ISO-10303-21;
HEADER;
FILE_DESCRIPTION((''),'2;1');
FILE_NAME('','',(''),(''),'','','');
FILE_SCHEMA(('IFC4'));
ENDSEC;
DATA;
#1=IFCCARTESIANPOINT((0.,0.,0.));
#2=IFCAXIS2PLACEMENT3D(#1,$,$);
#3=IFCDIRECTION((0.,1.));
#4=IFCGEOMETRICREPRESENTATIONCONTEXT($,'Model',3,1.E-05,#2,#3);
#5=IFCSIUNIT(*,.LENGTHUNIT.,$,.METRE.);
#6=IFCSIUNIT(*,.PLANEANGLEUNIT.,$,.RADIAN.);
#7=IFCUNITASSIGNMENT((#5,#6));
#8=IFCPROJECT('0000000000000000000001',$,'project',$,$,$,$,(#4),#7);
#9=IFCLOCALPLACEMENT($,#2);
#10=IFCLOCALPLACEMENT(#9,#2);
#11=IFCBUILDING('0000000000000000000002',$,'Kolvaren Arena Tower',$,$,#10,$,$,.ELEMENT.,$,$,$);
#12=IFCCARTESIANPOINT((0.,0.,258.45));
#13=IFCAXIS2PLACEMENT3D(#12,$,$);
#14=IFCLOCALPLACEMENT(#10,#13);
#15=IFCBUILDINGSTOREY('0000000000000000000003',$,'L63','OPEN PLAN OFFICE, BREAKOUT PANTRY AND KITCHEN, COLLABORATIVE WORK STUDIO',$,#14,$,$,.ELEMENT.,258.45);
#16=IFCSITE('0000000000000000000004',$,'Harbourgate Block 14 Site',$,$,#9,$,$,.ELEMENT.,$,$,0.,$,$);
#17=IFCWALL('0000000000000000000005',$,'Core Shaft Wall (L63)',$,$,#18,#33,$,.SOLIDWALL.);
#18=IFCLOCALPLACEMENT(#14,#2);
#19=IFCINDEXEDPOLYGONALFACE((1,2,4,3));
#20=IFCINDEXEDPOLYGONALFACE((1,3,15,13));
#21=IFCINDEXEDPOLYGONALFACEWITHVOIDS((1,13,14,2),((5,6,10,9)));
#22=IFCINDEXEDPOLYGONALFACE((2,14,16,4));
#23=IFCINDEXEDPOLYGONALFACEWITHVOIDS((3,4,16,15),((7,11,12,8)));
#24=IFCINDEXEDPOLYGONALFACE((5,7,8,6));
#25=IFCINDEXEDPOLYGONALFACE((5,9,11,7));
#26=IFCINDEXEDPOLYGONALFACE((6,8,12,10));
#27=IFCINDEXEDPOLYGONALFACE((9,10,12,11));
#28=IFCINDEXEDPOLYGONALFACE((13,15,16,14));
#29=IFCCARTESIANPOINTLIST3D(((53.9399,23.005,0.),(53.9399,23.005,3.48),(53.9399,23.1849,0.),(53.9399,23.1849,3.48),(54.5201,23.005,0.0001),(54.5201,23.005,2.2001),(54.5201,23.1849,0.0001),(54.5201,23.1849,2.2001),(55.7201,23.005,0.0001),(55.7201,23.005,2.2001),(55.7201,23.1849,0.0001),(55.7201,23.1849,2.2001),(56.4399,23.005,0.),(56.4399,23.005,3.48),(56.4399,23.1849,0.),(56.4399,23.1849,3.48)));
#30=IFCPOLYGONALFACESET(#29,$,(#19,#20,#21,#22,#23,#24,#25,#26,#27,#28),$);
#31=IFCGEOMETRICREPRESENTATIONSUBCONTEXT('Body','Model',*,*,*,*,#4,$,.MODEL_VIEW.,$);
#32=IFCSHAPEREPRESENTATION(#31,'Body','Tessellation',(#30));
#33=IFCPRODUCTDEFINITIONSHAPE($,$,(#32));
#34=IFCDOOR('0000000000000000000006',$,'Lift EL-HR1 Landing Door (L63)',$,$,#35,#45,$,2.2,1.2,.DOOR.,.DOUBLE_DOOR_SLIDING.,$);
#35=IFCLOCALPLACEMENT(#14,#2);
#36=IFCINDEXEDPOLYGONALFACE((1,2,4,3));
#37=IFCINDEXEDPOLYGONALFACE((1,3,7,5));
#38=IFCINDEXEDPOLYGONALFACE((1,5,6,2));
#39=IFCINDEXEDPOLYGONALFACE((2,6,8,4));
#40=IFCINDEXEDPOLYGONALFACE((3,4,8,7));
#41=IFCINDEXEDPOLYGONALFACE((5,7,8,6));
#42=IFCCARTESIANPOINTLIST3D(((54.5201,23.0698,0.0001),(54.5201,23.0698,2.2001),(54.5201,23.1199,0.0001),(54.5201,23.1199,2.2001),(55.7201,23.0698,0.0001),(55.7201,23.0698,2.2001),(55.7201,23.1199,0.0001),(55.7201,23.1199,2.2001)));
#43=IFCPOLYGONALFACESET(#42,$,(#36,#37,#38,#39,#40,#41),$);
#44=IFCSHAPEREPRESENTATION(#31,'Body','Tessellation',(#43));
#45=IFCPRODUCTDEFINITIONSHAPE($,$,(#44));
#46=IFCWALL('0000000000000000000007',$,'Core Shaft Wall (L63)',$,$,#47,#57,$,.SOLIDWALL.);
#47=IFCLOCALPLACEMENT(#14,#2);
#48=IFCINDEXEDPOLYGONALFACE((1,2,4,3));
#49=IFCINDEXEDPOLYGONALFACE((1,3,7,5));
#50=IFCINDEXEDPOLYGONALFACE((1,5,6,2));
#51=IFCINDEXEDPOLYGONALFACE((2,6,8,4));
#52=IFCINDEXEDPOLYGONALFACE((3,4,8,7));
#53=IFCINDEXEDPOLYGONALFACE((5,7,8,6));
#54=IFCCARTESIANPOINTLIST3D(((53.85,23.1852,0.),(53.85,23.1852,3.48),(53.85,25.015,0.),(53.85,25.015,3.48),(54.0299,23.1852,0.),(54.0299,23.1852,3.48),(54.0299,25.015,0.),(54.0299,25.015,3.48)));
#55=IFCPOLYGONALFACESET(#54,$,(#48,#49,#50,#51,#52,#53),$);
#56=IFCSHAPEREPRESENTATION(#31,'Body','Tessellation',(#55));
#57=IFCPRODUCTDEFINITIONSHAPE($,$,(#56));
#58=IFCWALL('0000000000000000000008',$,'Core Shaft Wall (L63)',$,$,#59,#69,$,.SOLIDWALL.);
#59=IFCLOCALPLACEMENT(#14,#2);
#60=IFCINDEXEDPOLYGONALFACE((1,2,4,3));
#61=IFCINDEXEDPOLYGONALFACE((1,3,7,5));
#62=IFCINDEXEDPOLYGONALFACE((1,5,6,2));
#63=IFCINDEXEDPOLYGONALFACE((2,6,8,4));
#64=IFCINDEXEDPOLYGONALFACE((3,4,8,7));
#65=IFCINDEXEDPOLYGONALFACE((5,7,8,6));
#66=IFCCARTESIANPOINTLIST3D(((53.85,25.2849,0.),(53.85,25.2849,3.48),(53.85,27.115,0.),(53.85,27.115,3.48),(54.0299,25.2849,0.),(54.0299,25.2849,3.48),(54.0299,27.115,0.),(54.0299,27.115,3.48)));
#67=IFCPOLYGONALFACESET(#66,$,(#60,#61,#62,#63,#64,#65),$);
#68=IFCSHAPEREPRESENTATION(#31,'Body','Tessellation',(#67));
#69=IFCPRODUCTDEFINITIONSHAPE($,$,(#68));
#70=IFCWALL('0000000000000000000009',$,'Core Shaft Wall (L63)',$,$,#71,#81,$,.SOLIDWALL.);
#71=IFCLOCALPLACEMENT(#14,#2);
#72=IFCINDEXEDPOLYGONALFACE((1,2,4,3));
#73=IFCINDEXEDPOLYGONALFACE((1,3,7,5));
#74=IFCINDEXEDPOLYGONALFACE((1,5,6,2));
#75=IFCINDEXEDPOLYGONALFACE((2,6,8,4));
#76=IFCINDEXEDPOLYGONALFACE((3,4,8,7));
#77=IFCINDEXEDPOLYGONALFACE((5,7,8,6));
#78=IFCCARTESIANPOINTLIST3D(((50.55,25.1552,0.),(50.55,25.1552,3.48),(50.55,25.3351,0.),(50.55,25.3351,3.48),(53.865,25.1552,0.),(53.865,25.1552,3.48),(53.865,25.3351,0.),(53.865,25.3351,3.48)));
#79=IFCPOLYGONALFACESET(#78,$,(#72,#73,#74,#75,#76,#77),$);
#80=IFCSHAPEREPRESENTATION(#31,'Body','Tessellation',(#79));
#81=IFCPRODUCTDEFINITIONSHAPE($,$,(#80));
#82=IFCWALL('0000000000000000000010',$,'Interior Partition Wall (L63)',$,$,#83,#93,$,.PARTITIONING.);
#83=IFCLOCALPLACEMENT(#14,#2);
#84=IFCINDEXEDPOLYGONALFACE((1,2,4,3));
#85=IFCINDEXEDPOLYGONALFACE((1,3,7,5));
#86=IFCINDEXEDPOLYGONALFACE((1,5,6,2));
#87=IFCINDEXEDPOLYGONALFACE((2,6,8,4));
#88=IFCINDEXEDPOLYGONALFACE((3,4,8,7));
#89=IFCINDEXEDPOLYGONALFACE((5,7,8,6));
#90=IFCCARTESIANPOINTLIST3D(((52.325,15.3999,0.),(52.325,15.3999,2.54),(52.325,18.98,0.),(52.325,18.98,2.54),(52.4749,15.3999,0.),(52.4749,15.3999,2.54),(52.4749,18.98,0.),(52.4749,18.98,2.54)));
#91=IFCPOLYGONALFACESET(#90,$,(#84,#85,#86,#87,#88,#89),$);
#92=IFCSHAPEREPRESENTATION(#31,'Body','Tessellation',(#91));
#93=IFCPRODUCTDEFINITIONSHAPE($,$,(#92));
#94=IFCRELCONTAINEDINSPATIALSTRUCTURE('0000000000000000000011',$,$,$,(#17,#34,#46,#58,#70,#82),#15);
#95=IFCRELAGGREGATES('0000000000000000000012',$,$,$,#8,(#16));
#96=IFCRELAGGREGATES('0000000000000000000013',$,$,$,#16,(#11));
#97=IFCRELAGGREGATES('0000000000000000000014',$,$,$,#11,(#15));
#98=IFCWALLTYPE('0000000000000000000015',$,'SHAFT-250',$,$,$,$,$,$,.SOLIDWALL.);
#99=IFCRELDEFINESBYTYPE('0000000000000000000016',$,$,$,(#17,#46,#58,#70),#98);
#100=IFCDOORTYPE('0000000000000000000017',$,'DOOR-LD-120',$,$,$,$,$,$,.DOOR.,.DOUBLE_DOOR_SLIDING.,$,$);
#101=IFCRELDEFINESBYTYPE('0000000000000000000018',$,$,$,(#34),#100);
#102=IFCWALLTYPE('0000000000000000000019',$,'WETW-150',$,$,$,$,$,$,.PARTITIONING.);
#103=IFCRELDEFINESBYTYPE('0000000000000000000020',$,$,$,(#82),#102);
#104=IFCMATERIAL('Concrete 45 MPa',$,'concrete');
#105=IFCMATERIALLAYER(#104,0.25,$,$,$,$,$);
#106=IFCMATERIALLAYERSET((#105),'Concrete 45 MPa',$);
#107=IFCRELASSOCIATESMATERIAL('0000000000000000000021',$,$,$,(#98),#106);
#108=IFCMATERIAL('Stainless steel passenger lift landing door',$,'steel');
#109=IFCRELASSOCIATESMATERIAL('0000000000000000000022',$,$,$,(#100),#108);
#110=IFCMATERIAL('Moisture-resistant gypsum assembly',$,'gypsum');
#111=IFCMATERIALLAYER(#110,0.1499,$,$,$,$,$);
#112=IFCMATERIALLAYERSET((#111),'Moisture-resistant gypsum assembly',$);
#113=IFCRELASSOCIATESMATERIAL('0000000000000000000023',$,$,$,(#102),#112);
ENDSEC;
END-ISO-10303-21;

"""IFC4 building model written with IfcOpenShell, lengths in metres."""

from ifc_helpers import new_model, si_unit, direction, frame, frame_2d, origin, place, context, subcontext, project, spatial, rectangle, extrude, material, layer, layer_set, type_object, element, fill, save


model = new_model("IFC4")

# Units and contexts
model_context = context("Model", 3, precision=1e-05, world=origin(), true_north=direction((0.0, 1.0)))
body_context = subcontext(model_context, "Body", "Model", "MODEL_VIEW")
ifc_project = project(units=[si_unit("LENGTHUNIT", "METRE"), si_unit("PLANEANGLEUNIT", "RADIAN")], contexts=[model_context])

# Site, building, storey
site_placement = place(None, origin())
site = spatial("IfcSite", under=ifc_project, at=site_placement, Name="Harbourgate Block 14 Site", CompositionType="ELEMENT", RefElevation=0.0)
building_placement = place(site_placement, origin())
building = spatial("IfcBuilding", under=site, at=building_placement, Name="Kolvaren Arena Tower", CompositionType="ELEMENT")
storey_placement = place(building_placement, frame((0.0, 0.0, 258.45)))
storey = spatial("IfcBuildingStorey", under=building, at=storey_placement, Name="L63", Description="OPEN PLAN OFFICE, BREAKOUT PANTRY AND KITCHEN, COLLABORATIVE WORK STUDIO", CompositionType="ELEMENT", Elevation=258.45)

# Shared definitions
ifc_material_1 = material(Name="Concrete 45 MPa", Category="concrete")
ifc_layer_1 = layer(ifc_material_1, 0.25)
ifc_layer_set_1 = layer_set([ifc_layer_1], Name="Concrete 45 MPa")
wall_type_1 = type_object("IfcWallType", Name="SHAFT-250", PredefinedType="SOLIDWALL", material=ifc_layer_set_1)

# Wall, opening, door
wall_1_placement = place(storey_placement, frame((53.9399, 23.095, 0.0), z_axis=(0.0, 0.0, 1.0), x_axis=(1.0, 0.0, 0.0)))
wall_1 = element("IfcWall", 1, at=wall_1_placement, inside=storey, type_object=wall_type_1, Name="Core Shaft Wall (L63)", PredefinedType="SOLIDWALL", context=body_context, shape_type="SweptSolid", body=[
    extrude(rectangle(XDim=2.5, YDim=0.1799, at=frame_2d((1.25, 0.0))), origin(), (0.0, 0.0, 1.0), 3.48),
])
opening_1_placement = place(wall_1_placement, frame((0.5801, 0.0, 0.0)))
opening_1 = element("IfcOpeningElement", 2, at=opening_1_placement, cuts=wall_1, PredefinedType="OPENING", context=body_context, shape_type="SweptSolid", body=[
    extrude(rectangle(XDim=1.2, YDim=2.2, at=frame_2d((0.6001, 1.1001))), frame((0.0, 0.0999, 0.0), z_axis=(0.0, -1.0, 0.0), x_axis=(1.0, 0.0, 0.0)), (0.0, 0.0, 1.0), 0.2),
])
ifc_material_2 = material(Name="Stainless steel passenger lift landing door", Category="steel")
door_type_1 = type_object("IfcDoorType", Name="DOOR-LD-120", OperationType="DOUBLE_DOOR_SLIDING", PredefinedType="DOOR", material=ifc_material_2)
door_1_placement = place(opening_1_placement, origin())
door_1 = element("IfcDoor", 3, at=door_1_placement, inside=storey, type_object=door_type_1, Name="Lift EL-HR1 Landing Door (L63)", OperationType="DOUBLE_DOOR_SLIDING", OverallHeight=2.2, OverallWidth=1.2, PredefinedType="DOOR", context=body_context, shape_type="SweptSolid", body=[
    extrude(rectangle(XDim=1.2, YDim=2.2, at=frame_2d((0.6001, 1.1001))), frame((0.0, 0.0249, 0.0), z_axis=(0.0, -1.0, 0.0), x_axis=(1.0, 0.0, 0.0)), (0.0, 0.0, 1.0), 0.05),
])
fill(opening_1, door_1)

# Walls
wall_2_placement = place(storey_placement, frame((53.9399, 23.1851, 0.0), z_axis=(0.0, 0.0, 1.0), x_axis=(0.0, 1.0, 0.0)))
element("IfcWall", 4, at=wall_2_placement, inside=storey, type_object=wall_type_1, Name="Core Shaft Wall (L63)", PredefinedType="SOLIDWALL", context=body_context, shape_type="SweptSolid", body=[
    extrude(rectangle(XDim=1.8298, YDim=0.1799, at=frame_2d((0.915, 0.0))), origin(), (0.0, 0.0, 1.0), 3.48),
])
wall_3_placement = place(storey_placement, frame((53.9399, 25.2849, 0.0), z_axis=(0.0, 0.0, 1.0), x_axis=(0.0, 1.0, 0.0)))
element("IfcWall", 5, at=wall_3_placement, inside=storey, type_object=wall_type_1, Name="Core Shaft Wall (L63)", PredefinedType="SOLIDWALL", context=body_context, shape_type="SweptSolid", body=[
    extrude(rectangle(XDim=1.8301, YDim=0.1799, at=frame_2d((0.915, 0.0))), origin(), (0.0, 0.0, 1.0), 3.48),
])
wall_4_placement = place(storey_placement, frame((50.55, 25.2451, 0.0), z_axis=(0.0, 0.0, 1.0), x_axis=(1.0, 0.0, 0.0)))
element("IfcWall", 6, at=wall_4_placement, inside=storey, type_object=wall_type_1, Name="Core Shaft Wall (L63)", PredefinedType="SOLIDWALL", context=body_context, shape_type="SweptSolid", body=[
    extrude(rectangle(XDim=3.3149, YDim=0.1799, at=frame_2d((1.6575, 0.0))), origin(), (0.0, 0.0, 1.0), 3.48),
])
ifc_material_3 = material(Name="Moisture-resistant gypsum assembly", Category="gypsum")
ifc_layer_2 = layer(ifc_material_3, 0.1499)
ifc_layer_set_2 = layer_set([ifc_layer_2], Name="Moisture-resistant gypsum assembly")
wall_type_2 = type_object("IfcWallType", Name="WETW-150", PredefinedType="PARTITIONING", material=ifc_layer_set_2)
wall_5_placement = place(storey_placement, frame((52.3999, 15.3999, 0.0), z_axis=(0.0, 0.0, 1.0), x_axis=(0.0, 1.0, 0.0)))
element("IfcWall", 7, at=wall_5_placement, inside=storey, type_object=wall_type_2, Name="Interior Partition Wall (L63)", PredefinedType="PARTITIONING", context=body_context, shape_type="SweptSolid", body=[
    extrude(rectangle(XDim=3.5801, YDim=0.1499, at=frame_2d((1.79, 0.0))), origin(), (0.0, 0.0, 1.0), 2.54),
])

save(model, "model.ifc")
